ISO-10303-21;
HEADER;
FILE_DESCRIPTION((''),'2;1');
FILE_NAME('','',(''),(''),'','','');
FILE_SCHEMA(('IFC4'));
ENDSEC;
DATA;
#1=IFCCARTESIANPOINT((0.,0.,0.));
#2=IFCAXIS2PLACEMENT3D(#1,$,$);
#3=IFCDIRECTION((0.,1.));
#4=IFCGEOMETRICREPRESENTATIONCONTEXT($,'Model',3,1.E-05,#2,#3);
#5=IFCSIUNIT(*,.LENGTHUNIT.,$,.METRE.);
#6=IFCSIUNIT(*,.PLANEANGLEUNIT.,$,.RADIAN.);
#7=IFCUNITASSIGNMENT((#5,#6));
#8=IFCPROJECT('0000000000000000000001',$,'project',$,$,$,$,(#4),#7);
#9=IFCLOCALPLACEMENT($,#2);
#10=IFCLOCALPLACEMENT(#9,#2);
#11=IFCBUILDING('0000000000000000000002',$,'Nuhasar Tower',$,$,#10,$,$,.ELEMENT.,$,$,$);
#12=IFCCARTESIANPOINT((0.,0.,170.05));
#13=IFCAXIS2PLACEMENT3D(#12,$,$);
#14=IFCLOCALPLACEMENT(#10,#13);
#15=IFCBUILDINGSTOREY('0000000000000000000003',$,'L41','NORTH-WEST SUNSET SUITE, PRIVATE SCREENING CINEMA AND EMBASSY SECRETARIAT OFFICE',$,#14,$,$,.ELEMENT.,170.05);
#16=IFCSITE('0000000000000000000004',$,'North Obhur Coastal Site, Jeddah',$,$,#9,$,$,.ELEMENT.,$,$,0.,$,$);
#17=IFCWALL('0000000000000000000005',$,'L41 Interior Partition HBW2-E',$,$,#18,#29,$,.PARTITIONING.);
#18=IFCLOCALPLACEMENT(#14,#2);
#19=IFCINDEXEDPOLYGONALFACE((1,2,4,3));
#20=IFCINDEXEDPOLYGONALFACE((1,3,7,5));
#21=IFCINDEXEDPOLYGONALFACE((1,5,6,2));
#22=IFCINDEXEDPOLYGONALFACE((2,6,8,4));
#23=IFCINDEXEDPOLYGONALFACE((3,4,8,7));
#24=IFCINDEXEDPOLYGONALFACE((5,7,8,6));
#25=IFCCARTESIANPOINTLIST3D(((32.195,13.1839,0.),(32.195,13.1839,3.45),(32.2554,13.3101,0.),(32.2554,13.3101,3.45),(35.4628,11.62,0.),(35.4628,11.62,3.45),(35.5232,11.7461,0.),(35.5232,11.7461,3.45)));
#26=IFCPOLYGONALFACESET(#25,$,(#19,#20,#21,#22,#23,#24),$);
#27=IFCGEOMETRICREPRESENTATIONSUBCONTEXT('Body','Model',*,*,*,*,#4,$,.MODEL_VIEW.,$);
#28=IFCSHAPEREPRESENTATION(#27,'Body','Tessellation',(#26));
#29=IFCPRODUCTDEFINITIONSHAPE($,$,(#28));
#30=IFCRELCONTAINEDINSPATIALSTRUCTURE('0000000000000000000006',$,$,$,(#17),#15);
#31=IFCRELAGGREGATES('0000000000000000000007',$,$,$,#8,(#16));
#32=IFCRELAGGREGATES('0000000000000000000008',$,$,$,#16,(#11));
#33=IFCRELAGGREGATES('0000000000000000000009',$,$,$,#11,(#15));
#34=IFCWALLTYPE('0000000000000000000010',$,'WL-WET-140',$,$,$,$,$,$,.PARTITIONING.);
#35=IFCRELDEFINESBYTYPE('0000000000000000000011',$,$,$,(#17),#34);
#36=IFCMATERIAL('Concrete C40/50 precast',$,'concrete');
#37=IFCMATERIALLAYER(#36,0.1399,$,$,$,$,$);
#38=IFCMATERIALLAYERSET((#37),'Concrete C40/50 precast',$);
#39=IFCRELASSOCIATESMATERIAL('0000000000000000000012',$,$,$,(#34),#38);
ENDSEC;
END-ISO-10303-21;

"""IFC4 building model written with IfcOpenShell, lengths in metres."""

from ifc_helpers import new_model, si_unit, direction, frame, frame_2d, origin, place, context, subcontext, project, spatial, rectangle, extrude, material, layer, layer_set, type_object, element, save


model = new_model("IFC4")

# Units and contexts
model_context = context("Model", 3, precision=1e-05, world=origin(), true_north=direction((0.0, 1.0)))
body_context = subcontext(model_context, "Body", "Model", "MODEL_VIEW")
ifc_project = project(units=[si_unit("LENGTHUNIT", "METRE"), si_unit("PLANEANGLEUNIT", "RADIAN")], contexts=[model_context])

# Site, building, storey
site_placement = place(None, origin())
site = spatial("IfcSite", under=ifc_project, at=site_placement, Name="North Obhur Coastal Site, Jeddah", CompositionType="ELEMENT", RefElevation=0.0)
building_placement = place(site_placement, origin())
building = spatial("IfcBuilding", under=site, at=building_placement, Name="Nuhasar Tower", CompositionType="ELEMENT")
storey_placement = place(building_placement, frame((0.0, 0.0, 170.05)))
storey = spatial("IfcBuildingStorey", under=building, at=storey_placement, Name="L41", Description="NORTH-WEST SUNSET SUITE, PRIVATE SCREENING CINEMA AND EMBASSY SECRETARIAT OFFICE", CompositionType="ELEMENT", Elevation=170.05)

# Shared definitions
ifc_material_1 = material(Name="Concrete C40/50 precast", Category="concrete")
ifc_layer_1 = layer(ifc_material_1, 0.1399)
ifc_layer_set_1 = layer_set([ifc_layer_1], Name="Concrete C40/50 precast")
wall_type_1 = type_object("IfcWallType", Name="WL-WET-140", PredefinedType="PARTITIONING", material=ifc_layer_set_1)

# Wall
wall_1_placement = place(storey_placement, frame((32.2251, 13.2471, 0.0), z_axis=(0.0, 0.0, 1.0), x_axis=(0.902017, -0.431701, 0.0)))
element("IfcWall", 1, at=wall_1_placement, inside=storey, type_object=wall_type_1, Name="L41 Interior Partition HBW2-E", PredefinedType="PARTITIONING", context=body_context, shape_type="SweptSolid", body=[
    extrude(rectangle(XDim=3.6228, YDim=0.1399, at=frame_2d((1.8115, 0.0))), origin(), (0.0, 0.0, 1.0), 3.45),
])

save(model, "model.ifc")
